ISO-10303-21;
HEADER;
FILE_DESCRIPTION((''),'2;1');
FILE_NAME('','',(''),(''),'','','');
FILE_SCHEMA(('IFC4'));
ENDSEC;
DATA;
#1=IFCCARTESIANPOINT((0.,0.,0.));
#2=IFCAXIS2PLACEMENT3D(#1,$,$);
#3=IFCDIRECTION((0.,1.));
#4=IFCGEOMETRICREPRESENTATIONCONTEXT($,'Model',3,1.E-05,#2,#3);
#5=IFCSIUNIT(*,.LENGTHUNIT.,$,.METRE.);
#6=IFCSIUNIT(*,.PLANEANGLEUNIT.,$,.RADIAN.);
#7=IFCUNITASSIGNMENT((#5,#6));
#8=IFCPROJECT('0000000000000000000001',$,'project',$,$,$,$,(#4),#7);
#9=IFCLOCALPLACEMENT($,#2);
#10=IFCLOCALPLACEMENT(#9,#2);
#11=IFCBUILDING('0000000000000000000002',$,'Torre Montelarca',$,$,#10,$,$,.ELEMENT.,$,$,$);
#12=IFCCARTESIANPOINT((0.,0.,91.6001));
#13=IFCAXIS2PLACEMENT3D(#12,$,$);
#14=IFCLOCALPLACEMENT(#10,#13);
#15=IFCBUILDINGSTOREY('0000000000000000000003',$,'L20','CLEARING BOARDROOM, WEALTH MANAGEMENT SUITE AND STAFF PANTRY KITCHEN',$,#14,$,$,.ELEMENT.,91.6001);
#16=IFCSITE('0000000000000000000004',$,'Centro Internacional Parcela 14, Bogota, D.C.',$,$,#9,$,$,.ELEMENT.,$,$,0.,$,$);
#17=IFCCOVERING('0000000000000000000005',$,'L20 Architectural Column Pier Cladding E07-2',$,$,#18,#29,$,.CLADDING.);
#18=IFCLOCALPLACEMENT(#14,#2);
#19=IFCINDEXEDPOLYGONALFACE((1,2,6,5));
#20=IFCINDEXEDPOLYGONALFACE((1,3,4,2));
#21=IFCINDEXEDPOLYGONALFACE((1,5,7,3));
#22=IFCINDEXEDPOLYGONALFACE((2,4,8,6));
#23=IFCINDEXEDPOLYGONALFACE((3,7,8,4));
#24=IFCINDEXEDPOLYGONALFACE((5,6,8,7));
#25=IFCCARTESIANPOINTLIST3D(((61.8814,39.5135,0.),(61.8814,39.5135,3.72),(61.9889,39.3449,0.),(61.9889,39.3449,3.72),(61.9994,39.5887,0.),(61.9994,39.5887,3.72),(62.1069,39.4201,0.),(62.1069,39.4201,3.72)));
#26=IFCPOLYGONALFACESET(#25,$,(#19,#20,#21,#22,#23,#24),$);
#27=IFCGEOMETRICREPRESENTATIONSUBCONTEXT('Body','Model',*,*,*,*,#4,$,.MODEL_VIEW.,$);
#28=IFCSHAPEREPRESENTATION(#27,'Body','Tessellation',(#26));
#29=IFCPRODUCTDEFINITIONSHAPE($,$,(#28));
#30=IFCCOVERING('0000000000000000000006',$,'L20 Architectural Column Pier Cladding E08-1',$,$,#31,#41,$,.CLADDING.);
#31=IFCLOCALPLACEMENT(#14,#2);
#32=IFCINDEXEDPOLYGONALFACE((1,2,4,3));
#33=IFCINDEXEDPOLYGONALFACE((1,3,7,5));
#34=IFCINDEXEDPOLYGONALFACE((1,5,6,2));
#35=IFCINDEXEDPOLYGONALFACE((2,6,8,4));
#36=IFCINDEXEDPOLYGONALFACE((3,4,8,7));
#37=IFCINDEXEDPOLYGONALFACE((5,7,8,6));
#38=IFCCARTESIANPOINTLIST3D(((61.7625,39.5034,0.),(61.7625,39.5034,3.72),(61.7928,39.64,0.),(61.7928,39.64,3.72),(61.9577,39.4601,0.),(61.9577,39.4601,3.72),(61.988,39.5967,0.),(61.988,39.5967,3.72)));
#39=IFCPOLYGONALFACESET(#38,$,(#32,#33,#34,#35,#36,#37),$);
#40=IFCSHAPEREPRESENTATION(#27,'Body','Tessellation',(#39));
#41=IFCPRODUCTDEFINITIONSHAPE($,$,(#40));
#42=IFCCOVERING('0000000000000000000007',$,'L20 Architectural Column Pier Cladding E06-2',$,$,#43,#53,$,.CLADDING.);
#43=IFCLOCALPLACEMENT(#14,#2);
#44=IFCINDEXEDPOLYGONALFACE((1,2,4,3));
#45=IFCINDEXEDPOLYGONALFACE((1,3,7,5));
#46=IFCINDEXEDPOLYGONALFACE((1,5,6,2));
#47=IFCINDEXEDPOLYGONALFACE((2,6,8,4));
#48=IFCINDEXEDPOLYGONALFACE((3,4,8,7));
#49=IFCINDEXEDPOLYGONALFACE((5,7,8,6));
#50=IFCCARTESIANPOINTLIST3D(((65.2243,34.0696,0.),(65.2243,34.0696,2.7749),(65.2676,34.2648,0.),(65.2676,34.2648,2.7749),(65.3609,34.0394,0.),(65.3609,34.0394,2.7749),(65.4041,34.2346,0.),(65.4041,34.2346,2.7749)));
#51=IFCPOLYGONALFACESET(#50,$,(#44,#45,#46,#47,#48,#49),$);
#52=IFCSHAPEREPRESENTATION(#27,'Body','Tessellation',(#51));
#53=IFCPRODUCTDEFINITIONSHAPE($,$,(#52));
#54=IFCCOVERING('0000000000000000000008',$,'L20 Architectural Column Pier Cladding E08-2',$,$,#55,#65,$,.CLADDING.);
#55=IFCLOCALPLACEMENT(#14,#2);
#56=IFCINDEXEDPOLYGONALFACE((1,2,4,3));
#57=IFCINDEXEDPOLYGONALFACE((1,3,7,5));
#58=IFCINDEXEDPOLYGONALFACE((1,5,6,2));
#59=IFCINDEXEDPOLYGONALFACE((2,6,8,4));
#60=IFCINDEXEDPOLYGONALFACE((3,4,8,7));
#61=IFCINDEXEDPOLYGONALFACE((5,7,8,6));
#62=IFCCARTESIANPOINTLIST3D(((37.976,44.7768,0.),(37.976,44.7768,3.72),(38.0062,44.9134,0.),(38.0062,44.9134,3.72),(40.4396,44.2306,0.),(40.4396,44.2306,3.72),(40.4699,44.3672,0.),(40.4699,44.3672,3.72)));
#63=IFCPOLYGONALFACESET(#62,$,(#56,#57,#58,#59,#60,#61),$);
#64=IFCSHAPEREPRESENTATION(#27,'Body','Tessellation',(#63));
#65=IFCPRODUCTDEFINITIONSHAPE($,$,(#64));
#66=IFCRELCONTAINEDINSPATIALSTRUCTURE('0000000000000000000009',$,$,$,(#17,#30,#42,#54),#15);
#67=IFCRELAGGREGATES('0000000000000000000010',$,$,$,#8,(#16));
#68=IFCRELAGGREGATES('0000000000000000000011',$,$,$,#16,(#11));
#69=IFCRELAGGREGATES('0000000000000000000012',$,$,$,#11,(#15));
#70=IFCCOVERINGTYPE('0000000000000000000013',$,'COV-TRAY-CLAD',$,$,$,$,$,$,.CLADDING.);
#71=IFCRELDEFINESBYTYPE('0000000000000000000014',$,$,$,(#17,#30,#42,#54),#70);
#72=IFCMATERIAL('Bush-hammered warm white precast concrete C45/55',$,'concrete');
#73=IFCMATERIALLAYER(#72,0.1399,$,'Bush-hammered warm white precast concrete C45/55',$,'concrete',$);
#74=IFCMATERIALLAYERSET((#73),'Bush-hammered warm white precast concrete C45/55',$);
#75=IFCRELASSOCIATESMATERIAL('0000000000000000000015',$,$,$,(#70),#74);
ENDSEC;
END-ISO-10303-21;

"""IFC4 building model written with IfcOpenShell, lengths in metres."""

from ifc_helpers import new_model, si_unit, direction, frame, origin, origin_2d, place, context, subcontext, project, spatial, rectangle, extrude, source, transform, mapped, material, layer, layer_set, type_object, element, save


model = new_model("IFC4")

# Units and contexts
model_context = context("Model", 3, precision=1e-05, world=origin(), true_north=direction((0.0, 1.0)))
body_context = subcontext(model_context, "Body", "Model", "MODEL_VIEW")
ifc_project = project(units=[si_unit("LENGTHUNIT", "METRE"), si_unit("PLANEANGLEUNIT", "RADIAN")], contexts=[model_context])

# Site, building, storey
site_placement = place(None, origin())
site = spatial("IfcSite", under=ifc_project, at=site_placement, Name="Centro Internacional Parcela 14, Bogota, D.C.", CompositionType="ELEMENT", RefElevation=0.0)
building_placement = place(site_placement, origin())
building = spatial("IfcBuilding", under=site, at=building_placement, Name="Torre Montelarca", CompositionType="ELEMENT")
storey_placement = place(building_placement, frame((0.0, 0.0, 91.6001)))
storey = spatial("IfcBuildingStorey", under=building, at=storey_placement, Name="L20", Description="CLEARING BOARDROOM, WEALTH MANAGEMENT SUITE AND STAFF PANTRY KITCHEN", CompositionType="ELEMENT", Elevation=91.6001)

# Coverings
ifc_material_1 = material(Name="Bush-hammered warm white precast concrete C45/55", Category="concrete")
ifc_layer_1 = layer(ifc_material_1, 0.1399, Name="Bush-hammered warm white precast concrete C45/55", Category="concrete")
ifc_layer_set_1 = layer_set([ifc_layer_1], Name="Bush-hammered warm white precast concrete C45/55")
covering_type = type_object("IfcCoveringType", Name="COV-TRAY-CLAD", PredefinedType="CLADDING", material=ifc_layer_set_1)
shared_shape_1 = source(origin(), body_context, "Body", "SweptSolid", [
    extrude(rectangle(XDim=0.2, YDim=0.1399, at=origin_2d()), origin(), (0.0, 0.0, 1.0), 3.72),
])
for number, where, z_axis, x_axis, name in (
    (1, (61.9941, 39.4668, 0.0), (0.0, 0.0, 1.0), (-0.537314, 0.843382, 0.0), "L20 Architectural Column Pier Cladding E07-2"),
    (2, (61.8752, 39.55, 0.0), (0.0, 0.0, 1.0), (-0.976296, 0.21644, 0.0), "L20 Architectural Column Pier Cladding E08-1"),
):
    element("IfcCovering", number, at=place(storey_placement, frame(where, z_axis=z_axis, x_axis=x_axis)), inside=storey, type_object=covering_type, Name=name, PredefinedType="CLADDING", context=body_context, shape_type="MappedRepresentation", body=[
        mapped(shared_shape_1, transform((0.0, 0.0, 0.0), scale=1.0)),
    ])
shared_shape_2 = source(origin(), body_context, "Body", "SweptSolid", [
    extrude(rectangle(XDim=0.2, YDim=0.1399, at=origin_2d()), origin(), (0.0, 0.0, 1.0), 2.7749),
])
covering_1_placement = place(storey_placement, frame((65.3142, 34.1521, 0.0), z_axis=(0.0, 0.0, 1.0), x_axis=(0.216438, 0.976296, 0.0)))
element("IfcCovering", 3, at=covering_1_placement, inside=storey, type_object=covering_type, Name="L20 Architectural Column Pier Cladding E06-2", PredefinedType="CLADDING", context=body_context, shape_type="MappedRepresentation", body=[
    mapped(shared_shape_2, transform((0.0, 0.0, 0.0), scale=1.0)),
])
shared_shape_3 = source(origin(), body_context, "Body", "SweptSolid", [
    extrude(rectangle(XDim=2.5234, YDim=0.1399, at=origin_2d()), origin(), (0.0, 0.0, 1.0), 3.72),
])
covering_2_placement = place(storey_placement, frame((39.2229, 44.572, 0.0), z_axis=(0.0, 0.0, 1.0), x_axis=(-0.976296, 0.21644, 0.0)))
element("IfcCovering", 4, at=covering_2_placement, inside=storey, type_object=covering_type, Name="L20 Architectural Column Pier Cladding E08-2", PredefinedType="CLADDING", context=body_context, shape_type="MappedRepresentation", body=[
    mapped(shared_shape_3, transform((0.0, 0.0, 0.0), scale=1.0)),
])

save(model, "model.ifc")
